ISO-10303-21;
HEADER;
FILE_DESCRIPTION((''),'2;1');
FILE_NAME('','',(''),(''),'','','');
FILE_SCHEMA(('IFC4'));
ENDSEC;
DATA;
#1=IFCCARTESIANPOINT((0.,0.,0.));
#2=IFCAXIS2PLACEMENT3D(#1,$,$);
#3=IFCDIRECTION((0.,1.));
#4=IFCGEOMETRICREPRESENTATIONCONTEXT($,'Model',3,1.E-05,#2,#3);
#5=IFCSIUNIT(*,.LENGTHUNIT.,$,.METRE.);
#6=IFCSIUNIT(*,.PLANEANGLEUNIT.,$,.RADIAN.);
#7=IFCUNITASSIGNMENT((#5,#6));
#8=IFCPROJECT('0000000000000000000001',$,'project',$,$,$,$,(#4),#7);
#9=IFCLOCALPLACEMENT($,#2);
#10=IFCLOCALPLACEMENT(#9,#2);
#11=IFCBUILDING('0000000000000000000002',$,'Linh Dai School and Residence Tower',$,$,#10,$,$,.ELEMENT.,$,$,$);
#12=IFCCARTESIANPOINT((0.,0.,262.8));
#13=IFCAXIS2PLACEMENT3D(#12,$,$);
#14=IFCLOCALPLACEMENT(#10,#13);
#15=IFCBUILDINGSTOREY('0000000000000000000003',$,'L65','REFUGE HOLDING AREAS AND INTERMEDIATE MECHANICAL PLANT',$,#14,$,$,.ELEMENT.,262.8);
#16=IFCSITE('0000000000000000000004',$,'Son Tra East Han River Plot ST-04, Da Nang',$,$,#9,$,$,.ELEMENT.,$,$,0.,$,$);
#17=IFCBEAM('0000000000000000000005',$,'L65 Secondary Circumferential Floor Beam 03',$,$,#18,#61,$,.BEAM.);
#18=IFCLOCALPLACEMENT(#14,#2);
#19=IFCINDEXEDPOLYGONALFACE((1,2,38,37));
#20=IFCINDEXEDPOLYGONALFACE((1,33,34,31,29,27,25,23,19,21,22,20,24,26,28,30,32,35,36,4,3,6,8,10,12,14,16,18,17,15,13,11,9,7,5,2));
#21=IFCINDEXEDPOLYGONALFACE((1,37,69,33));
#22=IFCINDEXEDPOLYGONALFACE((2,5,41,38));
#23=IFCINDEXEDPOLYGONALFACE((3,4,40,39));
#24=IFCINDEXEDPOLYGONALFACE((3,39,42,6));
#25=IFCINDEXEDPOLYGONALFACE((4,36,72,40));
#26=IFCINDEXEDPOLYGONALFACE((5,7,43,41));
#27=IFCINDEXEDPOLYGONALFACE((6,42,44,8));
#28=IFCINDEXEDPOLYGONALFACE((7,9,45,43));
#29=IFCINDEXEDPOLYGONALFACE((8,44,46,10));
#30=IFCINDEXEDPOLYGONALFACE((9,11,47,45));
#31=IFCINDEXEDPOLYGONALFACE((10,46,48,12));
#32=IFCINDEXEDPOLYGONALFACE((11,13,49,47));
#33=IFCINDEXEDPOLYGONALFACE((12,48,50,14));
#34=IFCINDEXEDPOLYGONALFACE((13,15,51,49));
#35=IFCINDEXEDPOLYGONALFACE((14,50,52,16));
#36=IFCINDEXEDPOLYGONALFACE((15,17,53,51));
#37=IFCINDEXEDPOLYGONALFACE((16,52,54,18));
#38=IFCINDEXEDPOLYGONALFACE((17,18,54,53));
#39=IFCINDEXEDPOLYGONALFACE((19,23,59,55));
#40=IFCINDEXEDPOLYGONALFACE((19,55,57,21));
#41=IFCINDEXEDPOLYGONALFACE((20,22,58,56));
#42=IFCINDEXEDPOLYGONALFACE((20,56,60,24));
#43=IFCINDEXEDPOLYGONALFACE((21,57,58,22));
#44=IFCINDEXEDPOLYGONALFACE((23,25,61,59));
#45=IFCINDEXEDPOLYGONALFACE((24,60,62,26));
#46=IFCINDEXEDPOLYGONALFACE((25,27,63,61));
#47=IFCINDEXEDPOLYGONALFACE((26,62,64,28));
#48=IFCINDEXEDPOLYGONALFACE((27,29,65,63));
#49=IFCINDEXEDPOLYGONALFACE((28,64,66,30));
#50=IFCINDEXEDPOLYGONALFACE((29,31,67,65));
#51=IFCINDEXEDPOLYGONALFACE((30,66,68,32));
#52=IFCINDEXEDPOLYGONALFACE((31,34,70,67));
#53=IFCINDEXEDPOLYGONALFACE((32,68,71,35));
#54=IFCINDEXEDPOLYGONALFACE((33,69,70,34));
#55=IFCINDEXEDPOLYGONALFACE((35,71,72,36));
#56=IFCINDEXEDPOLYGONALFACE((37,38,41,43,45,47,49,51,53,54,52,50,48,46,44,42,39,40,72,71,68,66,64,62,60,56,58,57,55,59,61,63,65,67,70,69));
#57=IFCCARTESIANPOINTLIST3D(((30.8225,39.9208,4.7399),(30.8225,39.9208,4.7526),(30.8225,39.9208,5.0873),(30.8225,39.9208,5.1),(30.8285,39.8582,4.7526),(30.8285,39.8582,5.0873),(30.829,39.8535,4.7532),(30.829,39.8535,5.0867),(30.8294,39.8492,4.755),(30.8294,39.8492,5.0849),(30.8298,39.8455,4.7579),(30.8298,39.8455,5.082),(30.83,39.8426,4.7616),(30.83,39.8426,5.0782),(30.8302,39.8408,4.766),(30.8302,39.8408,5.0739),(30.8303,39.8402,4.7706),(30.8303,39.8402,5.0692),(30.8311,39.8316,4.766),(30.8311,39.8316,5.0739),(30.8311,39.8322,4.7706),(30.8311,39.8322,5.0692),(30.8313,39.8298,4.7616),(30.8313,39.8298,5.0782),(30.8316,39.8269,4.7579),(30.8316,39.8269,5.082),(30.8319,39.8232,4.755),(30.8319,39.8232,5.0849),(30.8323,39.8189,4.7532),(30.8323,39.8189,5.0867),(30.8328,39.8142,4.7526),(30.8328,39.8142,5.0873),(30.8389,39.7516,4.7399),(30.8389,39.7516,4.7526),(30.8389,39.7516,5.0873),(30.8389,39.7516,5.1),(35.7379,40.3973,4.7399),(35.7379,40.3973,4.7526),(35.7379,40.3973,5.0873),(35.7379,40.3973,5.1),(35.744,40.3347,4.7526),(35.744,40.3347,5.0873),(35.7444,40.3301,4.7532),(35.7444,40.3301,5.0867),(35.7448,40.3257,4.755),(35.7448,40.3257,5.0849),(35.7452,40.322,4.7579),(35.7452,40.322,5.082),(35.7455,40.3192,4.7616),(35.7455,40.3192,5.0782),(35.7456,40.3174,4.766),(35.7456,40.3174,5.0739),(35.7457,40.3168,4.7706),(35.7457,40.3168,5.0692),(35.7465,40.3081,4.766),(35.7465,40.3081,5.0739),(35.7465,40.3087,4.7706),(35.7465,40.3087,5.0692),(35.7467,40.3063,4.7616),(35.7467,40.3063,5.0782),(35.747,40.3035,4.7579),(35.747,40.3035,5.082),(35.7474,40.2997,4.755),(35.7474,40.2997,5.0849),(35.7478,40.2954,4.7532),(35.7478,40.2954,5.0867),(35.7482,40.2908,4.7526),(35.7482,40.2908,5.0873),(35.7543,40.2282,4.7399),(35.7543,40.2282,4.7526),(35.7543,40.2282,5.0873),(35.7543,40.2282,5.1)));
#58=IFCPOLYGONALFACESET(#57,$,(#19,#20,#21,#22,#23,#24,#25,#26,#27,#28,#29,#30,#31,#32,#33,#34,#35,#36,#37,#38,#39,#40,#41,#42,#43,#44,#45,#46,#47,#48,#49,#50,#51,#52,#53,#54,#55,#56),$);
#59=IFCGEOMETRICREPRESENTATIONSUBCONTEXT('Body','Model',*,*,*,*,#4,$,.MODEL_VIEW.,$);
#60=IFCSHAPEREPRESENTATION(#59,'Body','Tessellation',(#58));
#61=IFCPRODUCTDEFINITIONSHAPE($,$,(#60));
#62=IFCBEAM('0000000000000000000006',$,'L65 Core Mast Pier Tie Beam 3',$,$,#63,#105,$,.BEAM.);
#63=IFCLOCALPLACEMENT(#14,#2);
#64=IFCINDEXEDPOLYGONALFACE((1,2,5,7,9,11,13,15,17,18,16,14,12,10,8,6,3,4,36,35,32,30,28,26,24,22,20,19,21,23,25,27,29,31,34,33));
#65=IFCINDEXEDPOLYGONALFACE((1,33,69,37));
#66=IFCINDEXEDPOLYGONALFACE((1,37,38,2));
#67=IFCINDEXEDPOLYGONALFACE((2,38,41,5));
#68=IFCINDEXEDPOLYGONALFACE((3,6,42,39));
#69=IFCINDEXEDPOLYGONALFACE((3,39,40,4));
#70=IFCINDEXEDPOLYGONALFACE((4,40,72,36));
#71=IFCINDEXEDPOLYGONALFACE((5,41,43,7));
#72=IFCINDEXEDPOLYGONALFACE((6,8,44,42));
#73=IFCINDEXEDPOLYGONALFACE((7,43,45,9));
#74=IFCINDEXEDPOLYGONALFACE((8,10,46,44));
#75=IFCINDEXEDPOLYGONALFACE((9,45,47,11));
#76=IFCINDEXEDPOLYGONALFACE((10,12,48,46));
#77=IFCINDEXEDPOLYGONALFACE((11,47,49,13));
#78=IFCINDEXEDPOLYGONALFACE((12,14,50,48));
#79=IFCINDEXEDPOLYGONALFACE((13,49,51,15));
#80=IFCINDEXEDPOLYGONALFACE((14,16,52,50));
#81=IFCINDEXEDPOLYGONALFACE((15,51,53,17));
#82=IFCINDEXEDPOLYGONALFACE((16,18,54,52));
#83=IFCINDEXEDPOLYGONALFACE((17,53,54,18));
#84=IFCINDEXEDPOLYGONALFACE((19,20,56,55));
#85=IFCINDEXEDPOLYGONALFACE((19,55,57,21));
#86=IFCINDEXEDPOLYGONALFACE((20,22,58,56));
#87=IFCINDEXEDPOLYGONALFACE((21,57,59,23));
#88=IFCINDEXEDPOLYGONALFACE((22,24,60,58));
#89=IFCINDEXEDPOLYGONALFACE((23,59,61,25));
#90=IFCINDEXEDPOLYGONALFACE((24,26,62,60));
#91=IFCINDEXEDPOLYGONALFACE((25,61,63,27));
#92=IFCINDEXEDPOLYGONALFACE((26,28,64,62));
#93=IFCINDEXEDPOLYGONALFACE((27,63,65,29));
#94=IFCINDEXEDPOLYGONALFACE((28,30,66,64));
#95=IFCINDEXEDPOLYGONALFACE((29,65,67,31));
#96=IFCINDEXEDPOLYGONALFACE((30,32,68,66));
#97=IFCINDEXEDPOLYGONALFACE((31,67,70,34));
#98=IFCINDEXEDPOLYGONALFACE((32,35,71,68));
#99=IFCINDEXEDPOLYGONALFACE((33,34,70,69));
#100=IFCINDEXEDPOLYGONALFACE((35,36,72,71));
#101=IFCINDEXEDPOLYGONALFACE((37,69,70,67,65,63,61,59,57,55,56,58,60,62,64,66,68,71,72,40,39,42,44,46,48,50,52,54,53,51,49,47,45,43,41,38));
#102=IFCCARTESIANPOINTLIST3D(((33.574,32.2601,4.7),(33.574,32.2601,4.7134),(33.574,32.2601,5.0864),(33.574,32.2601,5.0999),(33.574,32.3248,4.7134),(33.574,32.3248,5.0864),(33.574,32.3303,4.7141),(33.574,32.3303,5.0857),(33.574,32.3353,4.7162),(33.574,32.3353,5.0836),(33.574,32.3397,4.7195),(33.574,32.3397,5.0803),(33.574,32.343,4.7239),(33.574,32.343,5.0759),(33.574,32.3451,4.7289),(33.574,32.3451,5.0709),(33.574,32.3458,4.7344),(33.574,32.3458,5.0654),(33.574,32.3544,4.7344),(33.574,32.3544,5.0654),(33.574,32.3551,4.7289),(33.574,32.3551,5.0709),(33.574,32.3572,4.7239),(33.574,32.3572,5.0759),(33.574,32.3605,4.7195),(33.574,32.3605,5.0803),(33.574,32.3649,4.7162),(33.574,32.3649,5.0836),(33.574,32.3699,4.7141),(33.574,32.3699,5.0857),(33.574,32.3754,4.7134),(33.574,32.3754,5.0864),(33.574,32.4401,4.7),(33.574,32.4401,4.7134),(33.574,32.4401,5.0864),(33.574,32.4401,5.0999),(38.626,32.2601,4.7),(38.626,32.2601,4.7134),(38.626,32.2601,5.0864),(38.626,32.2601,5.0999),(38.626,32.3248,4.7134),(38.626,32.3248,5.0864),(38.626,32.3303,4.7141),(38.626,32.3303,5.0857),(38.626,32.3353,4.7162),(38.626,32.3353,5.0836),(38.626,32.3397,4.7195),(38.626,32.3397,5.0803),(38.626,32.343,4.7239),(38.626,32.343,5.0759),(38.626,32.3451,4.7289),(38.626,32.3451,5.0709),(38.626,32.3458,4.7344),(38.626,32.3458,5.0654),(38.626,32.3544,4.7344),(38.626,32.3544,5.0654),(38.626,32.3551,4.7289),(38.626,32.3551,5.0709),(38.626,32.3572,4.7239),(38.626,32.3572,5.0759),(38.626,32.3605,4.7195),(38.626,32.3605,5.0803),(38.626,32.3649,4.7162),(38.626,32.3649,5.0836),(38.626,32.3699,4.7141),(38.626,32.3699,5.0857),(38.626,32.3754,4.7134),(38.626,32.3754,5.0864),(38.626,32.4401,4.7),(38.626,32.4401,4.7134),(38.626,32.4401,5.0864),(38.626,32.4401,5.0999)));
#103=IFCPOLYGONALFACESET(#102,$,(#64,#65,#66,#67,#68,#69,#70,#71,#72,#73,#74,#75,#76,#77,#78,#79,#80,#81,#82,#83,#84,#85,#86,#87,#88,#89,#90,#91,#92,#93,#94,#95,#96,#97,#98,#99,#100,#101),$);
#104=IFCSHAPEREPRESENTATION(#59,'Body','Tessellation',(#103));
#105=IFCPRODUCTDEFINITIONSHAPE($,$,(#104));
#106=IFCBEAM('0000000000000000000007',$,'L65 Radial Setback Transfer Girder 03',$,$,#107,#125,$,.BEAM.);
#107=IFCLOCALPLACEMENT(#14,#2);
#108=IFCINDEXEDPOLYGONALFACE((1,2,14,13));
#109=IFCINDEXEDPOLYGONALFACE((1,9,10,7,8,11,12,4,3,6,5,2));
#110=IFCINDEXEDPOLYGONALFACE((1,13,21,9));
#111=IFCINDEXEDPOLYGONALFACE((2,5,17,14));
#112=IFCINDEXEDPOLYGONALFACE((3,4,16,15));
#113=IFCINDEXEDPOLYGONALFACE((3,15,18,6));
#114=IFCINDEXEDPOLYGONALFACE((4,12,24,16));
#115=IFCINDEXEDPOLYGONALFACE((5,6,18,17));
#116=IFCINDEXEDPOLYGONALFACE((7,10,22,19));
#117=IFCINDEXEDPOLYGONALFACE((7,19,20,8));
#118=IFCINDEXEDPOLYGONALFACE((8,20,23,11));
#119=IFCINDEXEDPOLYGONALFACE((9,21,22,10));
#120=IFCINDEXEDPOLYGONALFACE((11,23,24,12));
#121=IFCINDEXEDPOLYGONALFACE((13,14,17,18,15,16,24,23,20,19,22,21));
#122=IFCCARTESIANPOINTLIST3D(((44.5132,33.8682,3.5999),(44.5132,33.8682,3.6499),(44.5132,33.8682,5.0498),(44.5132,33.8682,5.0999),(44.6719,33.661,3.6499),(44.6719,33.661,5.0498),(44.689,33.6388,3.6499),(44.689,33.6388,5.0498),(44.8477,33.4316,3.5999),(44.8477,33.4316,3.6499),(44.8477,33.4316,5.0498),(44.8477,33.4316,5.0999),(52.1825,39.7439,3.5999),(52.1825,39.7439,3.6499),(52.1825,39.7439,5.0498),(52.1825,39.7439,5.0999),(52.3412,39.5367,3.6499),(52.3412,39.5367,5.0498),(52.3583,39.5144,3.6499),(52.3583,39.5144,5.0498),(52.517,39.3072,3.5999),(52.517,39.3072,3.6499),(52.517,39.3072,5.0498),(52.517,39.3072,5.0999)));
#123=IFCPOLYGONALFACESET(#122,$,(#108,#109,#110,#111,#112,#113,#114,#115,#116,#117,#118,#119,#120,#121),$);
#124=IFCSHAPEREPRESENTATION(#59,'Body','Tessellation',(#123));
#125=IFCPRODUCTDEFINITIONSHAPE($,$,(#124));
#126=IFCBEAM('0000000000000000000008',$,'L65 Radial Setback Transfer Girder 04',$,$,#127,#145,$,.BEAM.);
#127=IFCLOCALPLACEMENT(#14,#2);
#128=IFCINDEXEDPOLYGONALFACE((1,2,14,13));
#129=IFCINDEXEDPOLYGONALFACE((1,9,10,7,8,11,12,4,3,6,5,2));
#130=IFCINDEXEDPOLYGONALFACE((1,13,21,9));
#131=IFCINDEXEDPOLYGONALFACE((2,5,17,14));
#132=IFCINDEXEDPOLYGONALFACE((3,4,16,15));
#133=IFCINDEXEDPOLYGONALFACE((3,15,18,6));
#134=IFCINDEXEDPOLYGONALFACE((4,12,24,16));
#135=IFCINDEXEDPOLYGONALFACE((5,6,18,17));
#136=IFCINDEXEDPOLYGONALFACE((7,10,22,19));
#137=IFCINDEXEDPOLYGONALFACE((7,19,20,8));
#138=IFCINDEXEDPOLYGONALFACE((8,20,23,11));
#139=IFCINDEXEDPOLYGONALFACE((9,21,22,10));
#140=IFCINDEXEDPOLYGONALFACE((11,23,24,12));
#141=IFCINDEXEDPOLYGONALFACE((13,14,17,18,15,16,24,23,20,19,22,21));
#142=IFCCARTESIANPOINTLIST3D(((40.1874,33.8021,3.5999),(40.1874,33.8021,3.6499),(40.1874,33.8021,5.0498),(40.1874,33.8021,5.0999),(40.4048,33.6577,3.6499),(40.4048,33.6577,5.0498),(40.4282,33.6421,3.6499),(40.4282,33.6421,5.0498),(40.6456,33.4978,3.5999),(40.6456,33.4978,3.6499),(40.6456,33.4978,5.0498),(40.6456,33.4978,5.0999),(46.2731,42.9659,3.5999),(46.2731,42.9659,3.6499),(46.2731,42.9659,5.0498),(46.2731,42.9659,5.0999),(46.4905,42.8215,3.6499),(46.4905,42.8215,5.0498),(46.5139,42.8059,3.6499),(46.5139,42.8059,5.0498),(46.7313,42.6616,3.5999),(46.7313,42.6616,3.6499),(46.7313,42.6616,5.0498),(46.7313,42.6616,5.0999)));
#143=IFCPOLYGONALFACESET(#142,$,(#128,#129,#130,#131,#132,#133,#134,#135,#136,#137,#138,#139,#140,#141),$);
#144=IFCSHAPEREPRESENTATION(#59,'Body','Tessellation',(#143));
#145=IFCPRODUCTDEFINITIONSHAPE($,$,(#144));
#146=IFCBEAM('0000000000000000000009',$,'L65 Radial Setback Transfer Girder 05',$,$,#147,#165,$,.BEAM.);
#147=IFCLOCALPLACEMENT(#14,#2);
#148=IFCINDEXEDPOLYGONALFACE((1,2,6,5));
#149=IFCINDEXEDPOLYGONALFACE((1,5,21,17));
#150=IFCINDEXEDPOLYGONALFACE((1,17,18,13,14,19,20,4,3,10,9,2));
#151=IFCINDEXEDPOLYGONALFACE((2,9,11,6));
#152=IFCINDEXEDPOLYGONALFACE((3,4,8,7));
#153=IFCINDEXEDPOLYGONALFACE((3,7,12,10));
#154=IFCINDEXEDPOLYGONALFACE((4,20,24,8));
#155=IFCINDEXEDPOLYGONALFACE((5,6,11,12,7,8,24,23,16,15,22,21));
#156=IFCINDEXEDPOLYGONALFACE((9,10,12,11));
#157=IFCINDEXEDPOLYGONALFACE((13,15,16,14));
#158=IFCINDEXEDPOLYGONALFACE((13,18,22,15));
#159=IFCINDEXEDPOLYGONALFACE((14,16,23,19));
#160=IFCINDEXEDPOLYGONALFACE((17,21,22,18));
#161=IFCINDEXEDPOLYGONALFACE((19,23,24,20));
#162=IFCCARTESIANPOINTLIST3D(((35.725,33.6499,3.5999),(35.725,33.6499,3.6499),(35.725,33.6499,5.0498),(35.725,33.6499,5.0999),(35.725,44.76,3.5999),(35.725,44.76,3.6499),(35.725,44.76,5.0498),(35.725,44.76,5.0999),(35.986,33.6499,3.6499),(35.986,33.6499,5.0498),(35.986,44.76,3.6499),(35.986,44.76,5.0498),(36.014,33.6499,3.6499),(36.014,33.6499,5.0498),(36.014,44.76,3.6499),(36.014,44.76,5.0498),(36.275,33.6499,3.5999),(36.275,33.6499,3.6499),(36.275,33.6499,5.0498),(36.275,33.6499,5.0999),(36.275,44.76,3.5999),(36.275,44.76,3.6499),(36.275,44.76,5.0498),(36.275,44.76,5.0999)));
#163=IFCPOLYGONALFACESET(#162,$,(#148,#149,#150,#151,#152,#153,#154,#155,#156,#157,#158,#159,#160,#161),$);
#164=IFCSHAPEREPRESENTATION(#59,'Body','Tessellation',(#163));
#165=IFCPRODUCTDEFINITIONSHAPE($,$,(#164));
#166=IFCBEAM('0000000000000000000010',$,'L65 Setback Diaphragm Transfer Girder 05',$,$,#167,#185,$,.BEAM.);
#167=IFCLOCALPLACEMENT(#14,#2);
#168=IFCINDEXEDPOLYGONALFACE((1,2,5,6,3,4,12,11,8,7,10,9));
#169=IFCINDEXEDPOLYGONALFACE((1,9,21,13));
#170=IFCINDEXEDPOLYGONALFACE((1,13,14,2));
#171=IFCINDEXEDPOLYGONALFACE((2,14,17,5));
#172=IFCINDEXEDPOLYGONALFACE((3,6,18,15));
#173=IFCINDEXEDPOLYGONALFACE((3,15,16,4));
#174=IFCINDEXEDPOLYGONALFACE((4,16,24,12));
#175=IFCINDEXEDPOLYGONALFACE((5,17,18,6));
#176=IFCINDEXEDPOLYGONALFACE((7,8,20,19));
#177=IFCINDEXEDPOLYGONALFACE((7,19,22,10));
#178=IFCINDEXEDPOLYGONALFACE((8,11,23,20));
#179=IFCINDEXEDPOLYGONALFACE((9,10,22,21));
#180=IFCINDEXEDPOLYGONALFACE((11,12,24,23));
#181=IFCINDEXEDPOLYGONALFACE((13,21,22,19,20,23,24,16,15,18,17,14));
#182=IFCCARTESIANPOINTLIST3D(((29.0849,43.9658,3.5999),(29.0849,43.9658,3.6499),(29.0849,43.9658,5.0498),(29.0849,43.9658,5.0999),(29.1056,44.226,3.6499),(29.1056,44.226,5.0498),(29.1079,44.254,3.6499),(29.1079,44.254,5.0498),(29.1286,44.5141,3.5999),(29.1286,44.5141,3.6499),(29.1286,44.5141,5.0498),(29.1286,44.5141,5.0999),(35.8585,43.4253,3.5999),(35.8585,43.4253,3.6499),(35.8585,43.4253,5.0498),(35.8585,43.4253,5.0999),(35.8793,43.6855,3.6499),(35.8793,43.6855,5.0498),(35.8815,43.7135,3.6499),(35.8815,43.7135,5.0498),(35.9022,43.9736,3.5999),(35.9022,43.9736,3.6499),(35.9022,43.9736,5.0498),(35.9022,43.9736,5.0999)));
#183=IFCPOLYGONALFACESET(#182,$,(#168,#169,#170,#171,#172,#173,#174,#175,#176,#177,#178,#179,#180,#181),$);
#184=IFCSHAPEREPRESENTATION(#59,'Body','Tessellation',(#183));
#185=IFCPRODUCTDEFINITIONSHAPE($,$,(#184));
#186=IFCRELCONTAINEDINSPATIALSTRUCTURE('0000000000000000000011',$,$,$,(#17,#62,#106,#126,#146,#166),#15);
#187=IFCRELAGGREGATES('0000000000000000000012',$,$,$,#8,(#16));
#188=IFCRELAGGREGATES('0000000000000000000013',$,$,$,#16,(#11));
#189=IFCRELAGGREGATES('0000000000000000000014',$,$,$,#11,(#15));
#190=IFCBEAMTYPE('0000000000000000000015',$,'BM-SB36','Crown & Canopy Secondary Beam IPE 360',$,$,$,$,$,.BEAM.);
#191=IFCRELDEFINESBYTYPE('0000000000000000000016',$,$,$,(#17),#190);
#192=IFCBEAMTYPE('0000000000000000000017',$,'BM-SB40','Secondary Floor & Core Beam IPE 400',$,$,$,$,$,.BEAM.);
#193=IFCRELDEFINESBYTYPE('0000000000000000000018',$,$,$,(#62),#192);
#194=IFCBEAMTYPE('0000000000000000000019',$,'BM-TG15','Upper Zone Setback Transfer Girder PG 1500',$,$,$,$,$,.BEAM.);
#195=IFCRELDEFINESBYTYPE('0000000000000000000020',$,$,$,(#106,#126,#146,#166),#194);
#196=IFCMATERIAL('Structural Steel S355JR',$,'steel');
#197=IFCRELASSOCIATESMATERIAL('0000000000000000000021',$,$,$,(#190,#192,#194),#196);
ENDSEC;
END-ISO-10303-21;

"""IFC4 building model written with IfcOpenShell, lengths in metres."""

from ifc_helpers import new_model, si_unit, direction, frame, origin, origin_2d, place, context, subcontext, project, spatial, i_section, extrude, material, material_profile, profile_set, type_object, element, save


model = new_model("IFC4")

# Units and contexts
model_context = context("Model", 3, precision=1e-05, world=origin(), true_north=direction((0.0, 1.0)))
body_context = subcontext(model_context, "Body", "Model", "MODEL_VIEW")
ifc_project = project(units=[si_unit("LENGTHUNIT", "METRE"), si_unit("PLANEANGLEUNIT", "RADIAN")], contexts=[model_context])

# Site, building, storey
site_placement = place(None, origin())
site = spatial("IfcSite", under=ifc_project, at=site_placement, Name="Son Tra East Han River Plot ST-04, Da Nang", CompositionType="ELEMENT", RefElevation=0.0)
building_placement = place(site_placement, origin())
building = spatial("IfcBuilding", under=site, at=building_placement, Name="Linh Dai School and Residence Tower", CompositionType="ELEMENT")
storey_placement = place(building_placement, frame((0.0, 0.0, 262.8)))
storey = spatial("IfcBuildingStorey", under=building, at=storey_placement, Name="L65", Description="REFUGE HOLDING AREAS AND INTERMEDIATE MECHANICAL PLANT", CompositionType="ELEMENT", Elevation=262.8)

# Shared definitions
ifc_material_1 = material(Name="Structural Steel S355JR", Category="steel")

# Beams
ifc_material_profile_1 = material_profile(ifc_material_1, i_section(OverallWidth=0.1699, OverallDepth=0.3601, WebThickness=0.0081, FlangeThickness=0.0127, FilletRadius=0.0181, at=origin_2d()), Name="IPE 360")
ifc_profile_set_1 = profile_set([ifc_material_profile_1], Name="Structural Steel S355JR")
beam_type_1 = type_object("IfcBeamType", Name="BM-SB36", Description="Crown & Canopy Secondary Beam IPE 360", PredefinedType="BEAM", material=ifc_profile_set_1)
beam_1_placement = place(storey_placement, frame((35.7461, 40.3127, 4.9199), z_axis=(-0.995333, -0.096498, 0.0), x_axis=(0.096498, -0.995333, 0.0)))
element("IfcBeam", 1, at=beam_1_placement, inside=storey, type_object=beam_type_1, Name="L65 Secondary Circumferential Floor Beam 03", PredefinedType="BEAM", context=body_context, shape_type="SweptSolid", body=[
    extrude(i_section(OverallWidth=0.1699, OverallDepth=0.3601, WebThickness=0.0081, FlangeThickness=0.0127, FilletRadius=0.0181, at=origin_2d()), origin(), (0.0, 0.0, 1.0), 4.9385),
])
ifc_material_profile_2 = material_profile(ifc_material_1, i_section(OverallWidth=0.1799, OverallDepth=0.3999, WebThickness=0.0085, FlangeThickness=0.0134, FilletRadius=0.021, at=origin_2d()), Name="IPE 400")
ifc_profile_set_2 = profile_set([ifc_material_profile_2], Name="Structural Steel S355JR")
beam_type_2 = type_object("IfcBeamType", Name="BM-SB40", Description="Secondary Floor & Core Beam IPE 400", PredefinedType="BEAM", material=ifc_profile_set_2)
beam_2_placement = place(storey_placement, frame((38.626, 32.3501, 4.8999), z_axis=(-1.0, 0.0, 0.0), x_axis=(0.0, -1.0, 0.0)))
element("IfcBeam", 2, at=beam_2_placement, inside=storey, type_object=beam_type_2, Name="L65 Core Mast Pier Tie Beam 3", PredefinedType="BEAM", context=body_context, shape_type="SweptSolid", body=[
    extrude(i_section(OverallWidth=0.1799, OverallDepth=0.3999, WebThickness=0.0085, FlangeThickness=0.0134, FilletRadius=0.021, at=origin_2d()), origin(), (0.0, 0.0, 1.0), 5.052),
])
ifc_material_profile_3 = material_profile(ifc_material_1, i_section(OverallWidth=0.55, OverallDepth=1.5, WebThickness=0.0281, FlangeThickness=0.05, at=origin_2d()), Name="PG 1500x550x28x50")
ifc_profile_set_3 = profile_set([ifc_material_profile_3], Name="Structural Steel S355JR")
beam_type_3 = type_object("IfcBeamType", Name="BM-TG15", Description="Upper Zone Setback Transfer Girder PG 1500", PredefinedType="BEAM", material=ifc_profile_set_3)
beam_3_placement = place(storey_placement, frame((44.6804, 33.6499, 4.3499), z_axis=(0.793815, 0.60816, 0.0), x_axis=(-0.60816, 0.793815, 0.0)))
element("IfcBeam", 3, at=beam_3_placement, inside=storey, type_object=beam_type_3, Name="L65 Radial Setback Transfer Girder 03", PredefinedType="BEAM", context=body_context, shape_type="SweptSolid", body=[
    extrude(i_section(OverallWidth=0.55, OverallDepth=1.5, WebThickness=0.0281, FlangeThickness=0.05, at=origin_2d()), origin(), (0.0, 0.0, 1.0), 9.6614),
])
beam_4_placement = place(storey_placement, frame((40.4165, 33.6499, 4.3499), z_axis=(0.553219, 0.833036, 0.0), x_axis=(-0.833036, 0.553219, 0.0)))
element("IfcBeam", 4, at=beam_4_placement, inside=storey, type_object=beam_type_3, Name="L65 Radial Setback Transfer Girder 04", PredefinedType="BEAM", context=body_context, shape_type="SweptSolid", body=[
    extrude(i_section(OverallWidth=0.55, OverallDepth=1.5, WebThickness=0.0281, FlangeThickness=0.05, at=origin_2d()), origin(), (0.0, 0.0, 1.0), 11.0005),
])
beam_5_placement = place(storey_placement, frame((36.0, 33.6499, 4.3499), z_axis=(0.0, 1.0, 0.0), x_axis=(-1.0, 0.0, 0.0)))
element("IfcBeam", 5, at=beam_5_placement, inside=storey, type_object=beam_type_3, Name="L65 Radial Setback Transfer Girder 05", PredefinedType="BEAM", context=body_context, shape_type="SweptSolid", body=[
    extrude(i_section(OverallWidth=0.55, OverallDepth=1.5, WebThickness=0.0281, FlangeThickness=0.05, at=origin_2d()), origin(), (0.0, 0.0, 1.0), 11.1101),
])
beam_6_placement = place(storey_placement, frame((35.8804, 43.6995, 4.3499), z_axis=(-0.996831, 0.079545, 0.0), x_axis=(-0.079545, -0.996831, 0.0)))
element("IfcBeam", 6, at=beam_6_placement, inside=storey, type_object=beam_type_3, Name="L65 Setback Diaphragm Transfer Girder 05", PredefinedType="BEAM", context=body_context, shape_type="SweptSolid", body=[
    extrude(i_section(OverallWidth=0.55, OverallDepth=1.5, WebThickness=0.0281, FlangeThickness=0.05, at=origin_2d()), origin(), (0.0, 0.0, 1.0), 6.7952),
])

save(model, "model.ifc")
